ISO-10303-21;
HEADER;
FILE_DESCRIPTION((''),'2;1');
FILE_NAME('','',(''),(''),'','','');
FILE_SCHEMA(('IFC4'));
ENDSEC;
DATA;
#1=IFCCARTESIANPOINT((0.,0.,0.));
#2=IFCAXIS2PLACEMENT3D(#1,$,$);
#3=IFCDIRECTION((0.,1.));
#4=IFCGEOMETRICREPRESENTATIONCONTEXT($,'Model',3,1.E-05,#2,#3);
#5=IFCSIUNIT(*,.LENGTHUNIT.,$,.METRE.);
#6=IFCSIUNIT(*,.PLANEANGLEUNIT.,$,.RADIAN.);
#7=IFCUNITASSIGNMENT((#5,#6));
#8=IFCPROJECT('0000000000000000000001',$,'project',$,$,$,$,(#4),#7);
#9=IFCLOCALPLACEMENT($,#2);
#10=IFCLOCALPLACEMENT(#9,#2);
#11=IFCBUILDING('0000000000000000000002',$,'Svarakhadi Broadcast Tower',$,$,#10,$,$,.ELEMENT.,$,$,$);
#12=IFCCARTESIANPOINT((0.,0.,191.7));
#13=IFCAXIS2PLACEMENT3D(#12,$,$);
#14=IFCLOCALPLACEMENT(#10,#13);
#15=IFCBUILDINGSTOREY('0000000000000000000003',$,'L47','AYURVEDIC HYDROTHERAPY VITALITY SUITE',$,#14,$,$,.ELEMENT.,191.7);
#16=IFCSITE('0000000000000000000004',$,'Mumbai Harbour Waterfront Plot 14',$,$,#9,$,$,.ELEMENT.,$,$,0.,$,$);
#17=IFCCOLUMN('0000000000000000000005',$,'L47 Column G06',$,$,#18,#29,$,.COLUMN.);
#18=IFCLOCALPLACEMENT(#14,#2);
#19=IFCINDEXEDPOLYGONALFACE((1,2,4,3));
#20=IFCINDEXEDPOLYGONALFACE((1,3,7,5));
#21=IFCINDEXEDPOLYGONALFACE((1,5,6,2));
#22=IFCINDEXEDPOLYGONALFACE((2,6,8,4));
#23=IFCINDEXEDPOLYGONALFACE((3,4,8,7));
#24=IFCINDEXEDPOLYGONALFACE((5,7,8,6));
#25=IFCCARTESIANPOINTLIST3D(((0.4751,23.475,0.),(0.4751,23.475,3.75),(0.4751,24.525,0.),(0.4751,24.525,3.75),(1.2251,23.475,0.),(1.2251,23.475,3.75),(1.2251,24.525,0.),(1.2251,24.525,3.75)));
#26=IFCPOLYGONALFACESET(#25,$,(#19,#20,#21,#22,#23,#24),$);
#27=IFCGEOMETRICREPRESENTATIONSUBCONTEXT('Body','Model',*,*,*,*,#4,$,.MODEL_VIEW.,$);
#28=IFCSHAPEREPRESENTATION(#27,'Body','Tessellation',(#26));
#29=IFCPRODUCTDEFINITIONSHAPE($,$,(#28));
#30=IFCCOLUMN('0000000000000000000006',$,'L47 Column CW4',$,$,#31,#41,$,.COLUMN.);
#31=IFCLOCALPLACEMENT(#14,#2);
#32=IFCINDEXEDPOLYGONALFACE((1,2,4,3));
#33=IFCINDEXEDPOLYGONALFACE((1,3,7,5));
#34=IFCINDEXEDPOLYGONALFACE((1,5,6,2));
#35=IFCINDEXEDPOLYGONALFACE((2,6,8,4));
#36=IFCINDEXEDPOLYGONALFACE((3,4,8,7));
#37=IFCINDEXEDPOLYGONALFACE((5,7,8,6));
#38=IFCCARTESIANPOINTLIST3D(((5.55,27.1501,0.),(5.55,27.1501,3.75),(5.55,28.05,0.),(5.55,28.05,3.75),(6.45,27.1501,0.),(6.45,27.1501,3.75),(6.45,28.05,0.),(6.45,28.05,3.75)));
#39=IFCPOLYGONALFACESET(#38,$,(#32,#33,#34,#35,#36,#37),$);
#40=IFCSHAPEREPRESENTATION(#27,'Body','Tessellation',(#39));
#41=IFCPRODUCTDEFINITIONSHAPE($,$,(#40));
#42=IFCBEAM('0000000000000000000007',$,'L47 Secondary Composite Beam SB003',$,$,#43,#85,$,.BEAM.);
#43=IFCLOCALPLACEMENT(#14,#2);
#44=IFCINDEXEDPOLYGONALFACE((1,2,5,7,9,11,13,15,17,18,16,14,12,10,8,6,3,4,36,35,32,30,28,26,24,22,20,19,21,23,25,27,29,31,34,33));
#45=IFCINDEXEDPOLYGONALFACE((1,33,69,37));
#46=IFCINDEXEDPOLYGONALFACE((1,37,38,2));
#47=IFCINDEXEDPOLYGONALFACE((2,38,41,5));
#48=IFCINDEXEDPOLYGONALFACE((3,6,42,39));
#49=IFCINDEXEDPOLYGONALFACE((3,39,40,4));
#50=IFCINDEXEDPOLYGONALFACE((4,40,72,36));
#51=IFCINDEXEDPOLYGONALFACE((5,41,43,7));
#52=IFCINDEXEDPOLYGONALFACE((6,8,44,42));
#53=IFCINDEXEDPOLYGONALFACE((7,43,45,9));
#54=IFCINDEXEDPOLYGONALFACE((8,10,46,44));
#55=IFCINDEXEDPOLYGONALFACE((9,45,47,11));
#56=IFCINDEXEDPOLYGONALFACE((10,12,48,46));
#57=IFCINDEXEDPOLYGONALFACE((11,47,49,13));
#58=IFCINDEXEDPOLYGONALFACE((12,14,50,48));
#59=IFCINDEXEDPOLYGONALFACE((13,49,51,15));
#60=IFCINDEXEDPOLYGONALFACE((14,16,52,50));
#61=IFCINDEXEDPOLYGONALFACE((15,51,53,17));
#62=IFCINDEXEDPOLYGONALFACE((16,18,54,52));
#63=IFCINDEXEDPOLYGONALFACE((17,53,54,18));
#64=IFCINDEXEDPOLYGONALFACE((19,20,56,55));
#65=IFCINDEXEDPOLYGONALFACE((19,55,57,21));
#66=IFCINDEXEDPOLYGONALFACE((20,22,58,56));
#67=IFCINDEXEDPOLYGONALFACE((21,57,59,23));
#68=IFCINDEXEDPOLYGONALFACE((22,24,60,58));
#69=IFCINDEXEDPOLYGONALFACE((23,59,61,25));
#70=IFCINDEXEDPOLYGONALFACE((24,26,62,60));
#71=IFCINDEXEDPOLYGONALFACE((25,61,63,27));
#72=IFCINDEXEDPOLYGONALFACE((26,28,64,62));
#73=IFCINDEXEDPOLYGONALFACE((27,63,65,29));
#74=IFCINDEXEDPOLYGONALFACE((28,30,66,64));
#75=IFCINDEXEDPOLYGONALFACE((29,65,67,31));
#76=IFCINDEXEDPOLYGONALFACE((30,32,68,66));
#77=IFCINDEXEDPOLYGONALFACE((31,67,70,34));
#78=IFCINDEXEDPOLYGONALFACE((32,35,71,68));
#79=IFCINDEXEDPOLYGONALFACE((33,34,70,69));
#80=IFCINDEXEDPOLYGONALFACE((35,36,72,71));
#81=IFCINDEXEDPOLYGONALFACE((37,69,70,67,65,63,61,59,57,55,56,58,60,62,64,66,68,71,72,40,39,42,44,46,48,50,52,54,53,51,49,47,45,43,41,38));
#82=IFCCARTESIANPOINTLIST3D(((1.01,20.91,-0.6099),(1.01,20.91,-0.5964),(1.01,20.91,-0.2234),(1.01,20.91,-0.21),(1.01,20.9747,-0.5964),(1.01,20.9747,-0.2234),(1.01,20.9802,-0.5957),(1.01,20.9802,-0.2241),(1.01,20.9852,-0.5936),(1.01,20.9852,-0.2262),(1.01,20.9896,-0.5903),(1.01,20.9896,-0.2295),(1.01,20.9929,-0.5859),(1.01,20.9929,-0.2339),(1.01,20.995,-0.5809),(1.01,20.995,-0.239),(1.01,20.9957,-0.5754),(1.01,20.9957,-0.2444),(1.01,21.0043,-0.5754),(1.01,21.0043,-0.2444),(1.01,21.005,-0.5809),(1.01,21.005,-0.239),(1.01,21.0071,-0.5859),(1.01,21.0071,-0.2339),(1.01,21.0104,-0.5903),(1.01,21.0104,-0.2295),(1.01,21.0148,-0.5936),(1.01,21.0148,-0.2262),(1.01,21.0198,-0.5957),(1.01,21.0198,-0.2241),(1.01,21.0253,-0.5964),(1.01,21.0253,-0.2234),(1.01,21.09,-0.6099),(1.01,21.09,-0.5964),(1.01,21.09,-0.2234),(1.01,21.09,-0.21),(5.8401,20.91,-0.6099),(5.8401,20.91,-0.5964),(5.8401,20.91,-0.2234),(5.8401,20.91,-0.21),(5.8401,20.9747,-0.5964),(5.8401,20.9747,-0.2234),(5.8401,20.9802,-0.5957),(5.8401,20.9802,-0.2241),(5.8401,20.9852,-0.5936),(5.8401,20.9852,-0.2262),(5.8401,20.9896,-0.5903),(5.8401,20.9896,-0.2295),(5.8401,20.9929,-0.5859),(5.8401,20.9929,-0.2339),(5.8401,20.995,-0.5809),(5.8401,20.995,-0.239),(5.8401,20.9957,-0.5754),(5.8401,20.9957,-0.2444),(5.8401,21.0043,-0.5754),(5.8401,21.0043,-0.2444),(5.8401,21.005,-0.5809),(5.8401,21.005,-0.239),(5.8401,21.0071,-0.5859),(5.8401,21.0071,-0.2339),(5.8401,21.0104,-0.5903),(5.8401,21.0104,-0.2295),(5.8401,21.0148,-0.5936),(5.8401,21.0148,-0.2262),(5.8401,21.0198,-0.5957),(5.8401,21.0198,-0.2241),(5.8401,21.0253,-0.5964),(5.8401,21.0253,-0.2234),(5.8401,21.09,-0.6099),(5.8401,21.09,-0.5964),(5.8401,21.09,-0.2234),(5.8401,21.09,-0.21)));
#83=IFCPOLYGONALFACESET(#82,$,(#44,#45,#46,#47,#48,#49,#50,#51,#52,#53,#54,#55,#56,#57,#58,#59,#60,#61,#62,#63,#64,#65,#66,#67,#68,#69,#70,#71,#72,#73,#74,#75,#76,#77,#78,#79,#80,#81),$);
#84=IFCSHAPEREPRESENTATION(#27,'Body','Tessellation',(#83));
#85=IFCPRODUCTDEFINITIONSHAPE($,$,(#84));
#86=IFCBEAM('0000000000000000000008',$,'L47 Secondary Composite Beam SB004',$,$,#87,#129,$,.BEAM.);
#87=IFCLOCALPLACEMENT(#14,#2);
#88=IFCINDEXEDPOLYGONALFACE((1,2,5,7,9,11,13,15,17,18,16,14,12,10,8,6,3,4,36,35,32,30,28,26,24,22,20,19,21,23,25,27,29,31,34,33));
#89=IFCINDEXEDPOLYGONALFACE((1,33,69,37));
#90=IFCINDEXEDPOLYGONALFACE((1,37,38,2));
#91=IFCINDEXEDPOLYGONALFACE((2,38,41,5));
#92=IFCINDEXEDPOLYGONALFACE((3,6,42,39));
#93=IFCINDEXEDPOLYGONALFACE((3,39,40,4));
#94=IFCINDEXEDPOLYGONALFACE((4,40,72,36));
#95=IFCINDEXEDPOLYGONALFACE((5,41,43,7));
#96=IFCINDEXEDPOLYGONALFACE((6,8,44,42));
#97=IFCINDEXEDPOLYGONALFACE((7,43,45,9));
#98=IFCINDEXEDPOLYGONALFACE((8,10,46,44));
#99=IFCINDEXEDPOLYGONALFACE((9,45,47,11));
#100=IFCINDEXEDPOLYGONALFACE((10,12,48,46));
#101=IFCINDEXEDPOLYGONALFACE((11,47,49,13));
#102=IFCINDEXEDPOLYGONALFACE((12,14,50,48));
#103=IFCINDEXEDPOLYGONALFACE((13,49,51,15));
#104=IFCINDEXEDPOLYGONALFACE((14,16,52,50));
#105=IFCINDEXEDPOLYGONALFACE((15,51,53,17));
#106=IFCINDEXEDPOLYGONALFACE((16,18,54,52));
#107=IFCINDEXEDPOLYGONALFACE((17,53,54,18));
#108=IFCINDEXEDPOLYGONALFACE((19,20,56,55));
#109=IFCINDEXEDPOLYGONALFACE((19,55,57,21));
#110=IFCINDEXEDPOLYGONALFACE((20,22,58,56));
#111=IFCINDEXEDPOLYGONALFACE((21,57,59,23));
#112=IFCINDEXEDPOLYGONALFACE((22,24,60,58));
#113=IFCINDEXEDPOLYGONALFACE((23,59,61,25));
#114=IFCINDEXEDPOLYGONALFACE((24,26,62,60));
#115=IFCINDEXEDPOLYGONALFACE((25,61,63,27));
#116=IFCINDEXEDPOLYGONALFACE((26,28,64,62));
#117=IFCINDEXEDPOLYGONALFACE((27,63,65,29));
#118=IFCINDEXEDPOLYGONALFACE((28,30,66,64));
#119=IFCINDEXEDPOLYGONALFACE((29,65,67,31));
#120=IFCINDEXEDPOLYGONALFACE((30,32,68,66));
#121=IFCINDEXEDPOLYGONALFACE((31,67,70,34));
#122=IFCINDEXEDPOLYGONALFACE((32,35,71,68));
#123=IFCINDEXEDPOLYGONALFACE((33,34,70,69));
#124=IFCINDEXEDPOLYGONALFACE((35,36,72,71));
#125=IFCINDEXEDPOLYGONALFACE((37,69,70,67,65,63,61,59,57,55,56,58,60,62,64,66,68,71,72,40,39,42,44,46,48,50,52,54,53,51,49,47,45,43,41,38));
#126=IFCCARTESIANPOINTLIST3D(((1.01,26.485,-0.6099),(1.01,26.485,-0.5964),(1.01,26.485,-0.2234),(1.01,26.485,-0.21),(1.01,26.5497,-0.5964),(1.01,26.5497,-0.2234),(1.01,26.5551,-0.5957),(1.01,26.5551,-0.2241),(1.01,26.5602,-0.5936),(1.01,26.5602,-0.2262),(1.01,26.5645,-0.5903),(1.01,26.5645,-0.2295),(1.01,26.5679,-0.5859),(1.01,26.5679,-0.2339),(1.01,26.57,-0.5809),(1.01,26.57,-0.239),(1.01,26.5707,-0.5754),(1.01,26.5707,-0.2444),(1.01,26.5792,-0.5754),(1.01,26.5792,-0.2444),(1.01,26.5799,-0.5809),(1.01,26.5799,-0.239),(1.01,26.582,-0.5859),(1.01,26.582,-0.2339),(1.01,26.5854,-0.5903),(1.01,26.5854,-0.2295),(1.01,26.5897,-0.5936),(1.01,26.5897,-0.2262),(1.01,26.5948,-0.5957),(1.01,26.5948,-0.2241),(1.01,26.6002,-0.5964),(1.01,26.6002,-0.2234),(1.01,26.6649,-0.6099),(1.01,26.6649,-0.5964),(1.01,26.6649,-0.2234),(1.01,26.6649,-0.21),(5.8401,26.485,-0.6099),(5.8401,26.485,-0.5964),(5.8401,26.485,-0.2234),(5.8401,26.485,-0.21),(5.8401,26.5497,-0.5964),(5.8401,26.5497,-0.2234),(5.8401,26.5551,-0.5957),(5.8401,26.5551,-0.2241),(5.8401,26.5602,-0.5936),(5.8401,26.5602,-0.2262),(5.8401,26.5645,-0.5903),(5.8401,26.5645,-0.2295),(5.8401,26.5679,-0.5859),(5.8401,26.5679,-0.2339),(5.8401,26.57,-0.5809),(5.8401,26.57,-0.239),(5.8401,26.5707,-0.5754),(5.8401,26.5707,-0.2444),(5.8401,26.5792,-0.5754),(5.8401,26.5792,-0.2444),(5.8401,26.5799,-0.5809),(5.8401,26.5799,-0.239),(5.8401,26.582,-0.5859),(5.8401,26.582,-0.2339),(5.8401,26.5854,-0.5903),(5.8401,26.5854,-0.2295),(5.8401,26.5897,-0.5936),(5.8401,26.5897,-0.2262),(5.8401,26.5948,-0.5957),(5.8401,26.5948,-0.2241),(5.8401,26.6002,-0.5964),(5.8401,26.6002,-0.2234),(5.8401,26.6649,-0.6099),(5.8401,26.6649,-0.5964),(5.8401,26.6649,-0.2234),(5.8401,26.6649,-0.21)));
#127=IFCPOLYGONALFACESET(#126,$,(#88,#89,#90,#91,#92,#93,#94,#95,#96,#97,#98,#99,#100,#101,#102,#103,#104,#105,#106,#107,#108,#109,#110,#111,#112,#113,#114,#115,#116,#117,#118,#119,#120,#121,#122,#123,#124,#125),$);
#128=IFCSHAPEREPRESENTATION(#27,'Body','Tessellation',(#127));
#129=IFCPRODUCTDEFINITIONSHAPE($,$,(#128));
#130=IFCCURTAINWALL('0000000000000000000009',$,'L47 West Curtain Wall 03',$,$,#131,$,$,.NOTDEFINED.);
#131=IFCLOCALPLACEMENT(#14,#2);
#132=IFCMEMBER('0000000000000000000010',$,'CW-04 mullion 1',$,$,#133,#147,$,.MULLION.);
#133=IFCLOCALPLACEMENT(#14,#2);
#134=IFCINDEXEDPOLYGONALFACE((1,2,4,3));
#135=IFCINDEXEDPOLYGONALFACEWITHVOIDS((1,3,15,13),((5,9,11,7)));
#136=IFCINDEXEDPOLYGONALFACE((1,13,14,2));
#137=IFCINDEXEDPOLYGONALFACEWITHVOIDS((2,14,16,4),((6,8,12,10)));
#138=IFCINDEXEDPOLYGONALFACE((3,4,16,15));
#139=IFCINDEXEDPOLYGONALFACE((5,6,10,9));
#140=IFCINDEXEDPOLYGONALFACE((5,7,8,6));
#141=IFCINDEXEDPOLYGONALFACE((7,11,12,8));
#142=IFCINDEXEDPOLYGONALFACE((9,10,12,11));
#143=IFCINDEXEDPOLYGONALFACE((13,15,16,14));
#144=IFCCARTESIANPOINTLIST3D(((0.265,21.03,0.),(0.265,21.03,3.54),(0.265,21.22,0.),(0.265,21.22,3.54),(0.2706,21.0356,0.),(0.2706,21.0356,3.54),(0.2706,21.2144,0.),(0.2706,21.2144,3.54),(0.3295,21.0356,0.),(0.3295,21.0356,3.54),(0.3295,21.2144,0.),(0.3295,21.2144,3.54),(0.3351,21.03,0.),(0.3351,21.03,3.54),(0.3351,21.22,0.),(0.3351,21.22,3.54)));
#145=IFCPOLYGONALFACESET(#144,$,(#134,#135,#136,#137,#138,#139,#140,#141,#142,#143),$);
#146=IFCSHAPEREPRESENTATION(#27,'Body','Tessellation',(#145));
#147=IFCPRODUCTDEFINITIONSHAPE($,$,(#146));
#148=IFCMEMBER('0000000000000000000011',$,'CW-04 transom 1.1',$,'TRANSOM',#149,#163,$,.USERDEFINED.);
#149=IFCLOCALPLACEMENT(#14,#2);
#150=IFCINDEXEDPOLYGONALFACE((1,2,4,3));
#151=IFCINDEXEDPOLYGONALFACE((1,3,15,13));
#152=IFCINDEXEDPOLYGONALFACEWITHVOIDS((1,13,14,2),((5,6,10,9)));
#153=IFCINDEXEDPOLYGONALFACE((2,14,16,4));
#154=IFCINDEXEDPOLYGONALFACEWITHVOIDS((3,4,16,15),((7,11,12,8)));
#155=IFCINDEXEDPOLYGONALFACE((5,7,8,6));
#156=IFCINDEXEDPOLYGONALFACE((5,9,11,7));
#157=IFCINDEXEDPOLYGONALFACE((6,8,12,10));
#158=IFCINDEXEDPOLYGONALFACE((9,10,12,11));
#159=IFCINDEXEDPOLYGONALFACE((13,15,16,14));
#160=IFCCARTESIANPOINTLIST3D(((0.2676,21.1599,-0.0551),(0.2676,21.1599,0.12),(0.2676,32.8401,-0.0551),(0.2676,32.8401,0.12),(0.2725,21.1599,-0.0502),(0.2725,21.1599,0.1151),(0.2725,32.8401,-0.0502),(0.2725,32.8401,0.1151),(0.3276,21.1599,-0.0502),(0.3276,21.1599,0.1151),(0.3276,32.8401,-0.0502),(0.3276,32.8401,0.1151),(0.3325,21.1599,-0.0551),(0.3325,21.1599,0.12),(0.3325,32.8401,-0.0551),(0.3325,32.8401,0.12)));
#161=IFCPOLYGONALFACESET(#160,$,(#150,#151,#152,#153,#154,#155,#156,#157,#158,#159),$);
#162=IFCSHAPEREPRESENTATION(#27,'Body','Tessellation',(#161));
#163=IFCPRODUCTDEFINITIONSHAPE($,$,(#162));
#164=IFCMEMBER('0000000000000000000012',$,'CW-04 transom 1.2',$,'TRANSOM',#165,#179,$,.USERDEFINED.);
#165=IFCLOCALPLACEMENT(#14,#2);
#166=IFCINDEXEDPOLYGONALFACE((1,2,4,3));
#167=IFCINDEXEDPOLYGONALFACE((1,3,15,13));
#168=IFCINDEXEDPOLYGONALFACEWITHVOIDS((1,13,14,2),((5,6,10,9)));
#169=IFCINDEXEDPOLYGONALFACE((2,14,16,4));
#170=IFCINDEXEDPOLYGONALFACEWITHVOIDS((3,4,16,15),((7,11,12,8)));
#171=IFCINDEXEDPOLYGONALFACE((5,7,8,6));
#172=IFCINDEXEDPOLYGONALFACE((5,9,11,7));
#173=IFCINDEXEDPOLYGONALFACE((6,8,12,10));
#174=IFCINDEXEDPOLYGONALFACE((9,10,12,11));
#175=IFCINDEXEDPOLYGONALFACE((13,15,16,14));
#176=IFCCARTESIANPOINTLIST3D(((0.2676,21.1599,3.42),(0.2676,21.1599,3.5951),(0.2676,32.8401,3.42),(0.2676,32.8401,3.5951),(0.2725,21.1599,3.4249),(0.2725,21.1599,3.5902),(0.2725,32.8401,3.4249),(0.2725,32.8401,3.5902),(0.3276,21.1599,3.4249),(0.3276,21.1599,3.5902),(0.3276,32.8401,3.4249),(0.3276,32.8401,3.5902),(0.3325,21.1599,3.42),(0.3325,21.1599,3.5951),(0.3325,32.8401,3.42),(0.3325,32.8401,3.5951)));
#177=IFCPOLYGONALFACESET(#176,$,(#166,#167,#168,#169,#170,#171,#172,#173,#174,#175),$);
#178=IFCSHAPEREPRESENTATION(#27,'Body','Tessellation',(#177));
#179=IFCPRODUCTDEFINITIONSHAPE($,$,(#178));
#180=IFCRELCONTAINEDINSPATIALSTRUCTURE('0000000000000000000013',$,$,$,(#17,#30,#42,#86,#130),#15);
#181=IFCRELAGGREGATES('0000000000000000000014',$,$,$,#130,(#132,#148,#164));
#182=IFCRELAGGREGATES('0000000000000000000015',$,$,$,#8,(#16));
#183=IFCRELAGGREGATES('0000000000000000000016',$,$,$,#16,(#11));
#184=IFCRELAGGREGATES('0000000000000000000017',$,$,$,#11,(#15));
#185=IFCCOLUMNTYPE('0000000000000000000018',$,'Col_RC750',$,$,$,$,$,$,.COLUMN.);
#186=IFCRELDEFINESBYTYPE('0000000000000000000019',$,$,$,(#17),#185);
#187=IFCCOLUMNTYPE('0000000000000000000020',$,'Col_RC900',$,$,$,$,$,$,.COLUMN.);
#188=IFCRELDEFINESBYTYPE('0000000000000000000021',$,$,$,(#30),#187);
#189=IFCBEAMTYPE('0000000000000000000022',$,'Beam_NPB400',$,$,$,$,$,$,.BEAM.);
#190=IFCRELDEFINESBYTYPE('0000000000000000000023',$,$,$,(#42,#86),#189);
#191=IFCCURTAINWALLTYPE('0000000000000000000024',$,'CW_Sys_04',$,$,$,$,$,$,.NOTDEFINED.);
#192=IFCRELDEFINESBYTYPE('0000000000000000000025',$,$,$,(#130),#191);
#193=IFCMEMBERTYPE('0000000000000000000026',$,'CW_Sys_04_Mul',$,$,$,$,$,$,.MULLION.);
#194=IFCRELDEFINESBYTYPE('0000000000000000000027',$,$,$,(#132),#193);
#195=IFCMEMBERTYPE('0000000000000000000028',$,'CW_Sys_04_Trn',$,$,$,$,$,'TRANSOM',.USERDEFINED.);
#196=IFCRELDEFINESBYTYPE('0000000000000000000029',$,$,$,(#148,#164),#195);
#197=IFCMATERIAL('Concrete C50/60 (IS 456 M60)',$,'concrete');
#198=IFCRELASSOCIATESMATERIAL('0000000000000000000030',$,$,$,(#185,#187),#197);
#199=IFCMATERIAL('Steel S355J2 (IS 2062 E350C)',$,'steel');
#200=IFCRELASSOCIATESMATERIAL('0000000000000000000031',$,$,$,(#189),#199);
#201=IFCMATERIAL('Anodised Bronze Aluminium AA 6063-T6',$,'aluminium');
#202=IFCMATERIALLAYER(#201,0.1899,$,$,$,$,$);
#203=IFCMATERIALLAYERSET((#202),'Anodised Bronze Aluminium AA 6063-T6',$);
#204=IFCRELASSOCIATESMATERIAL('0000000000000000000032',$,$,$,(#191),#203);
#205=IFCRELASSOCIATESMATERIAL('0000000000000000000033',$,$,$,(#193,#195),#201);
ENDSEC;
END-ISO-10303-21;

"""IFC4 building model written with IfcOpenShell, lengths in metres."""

from ifc_helpers import new_model, si_unit, direction, frame, origin, origin_2d, place, context, subcontext, project, spatial, rectangle, hollow_rectangle, i_section, extrude, material, layer, layer_set, material_profile, profile_set, type_object, element, aggregate, save


model = new_model("IFC4")

# Units and contexts
model_context = context("Model", 3, precision=1e-05, world=origin(), true_north=direction((0.0, 1.0)))
body_context = subcontext(model_context, "Body", "Model", "MODEL_VIEW")
ifc_project = project(units=[si_unit("LENGTHUNIT", "METRE"), si_unit("PLANEANGLEUNIT", "RADIAN")], contexts=[model_context])

# Site, building, storey
site_placement = place(None, origin())
site = spatial("IfcSite", under=ifc_project, at=site_placement, Name="Mumbai Harbour Waterfront Plot 14", CompositionType="ELEMENT", RefElevation=0.0)
building_placement = place(site_placement, origin())
building = spatial("IfcBuilding", under=site, at=building_placement, Name="Svarakhadi Broadcast Tower", CompositionType="ELEMENT")
storey_placement = place(building_placement, frame((0.0, 0.0, 191.7)))
storey = spatial("IfcBuildingStorey", under=building, at=storey_placement, Name="L47", Description="AYURVEDIC HYDROTHERAPY VITALITY SUITE", CompositionType="ELEMENT", Elevation=191.7)

# Columns
ifc_material_1 = material(Name="Concrete C50/60 (IS 456 M60)", Category="concrete")
ifc_material_profile_1 = material_profile(ifc_material_1, rectangle(XDim=0.75, YDim=1.05, at=origin_2d()), Name="RC 750x1050")
ifc_profile_set_1 = profile_set([ifc_material_profile_1], Name="Concrete C50/60 (IS 456 M60)")
column_type_1 = type_object("IfcColumnType", Name="Col_RC750", PredefinedType="COLUMN", material=ifc_profile_set_1)
column_1_placement = place(storey_placement, frame((0.8501, 24.0, 0.0), z_axis=(0.0, 0.0, 1.0), x_axis=(1.0, 0.0, 0.0)))
element("IfcColumn", 1, at=column_1_placement, inside=storey, type_object=column_type_1, Name="L47 Column G06", PredefinedType="COLUMN", context=body_context, shape_type="SweptSolid", body=[
    extrude(rectangle(XDim=0.75, YDim=1.05, at=origin_2d()), origin(), (0.0, 0.0, 1.0), 3.75),
])
ifc_material_profile_2 = material_profile(ifc_material_1, rectangle(XDim=0.8999, YDim=0.8999, at=origin_2d()), Name="RC 900x900")
ifc_profile_set_2 = profile_set([ifc_material_profile_2], Name="Concrete C50/60 (IS 456 M60)")
column_type_2 = type_object("IfcColumnType", Name="Col_RC900", PredefinedType="COLUMN", material=ifc_profile_set_2)
column_2_placement = place(storey_placement, frame((6.0, 27.6001, 0.0), z_axis=(0.0, 0.0, 1.0), x_axis=(1.0, 0.0, 0.0)))
element("IfcColumn", 2, at=column_2_placement, inside=storey, type_object=column_type_2, Name="L47 Column CW4", PredefinedType="COLUMN", context=body_context, shape_type="SweptSolid", body=[
    extrude(rectangle(XDim=0.8999, YDim=0.8999, at=origin_2d()), origin(), (0.0, 0.0, 1.0), 3.75),
])

# Beams
ifc_material_2 = material(Name="Steel S355J2 (IS 2062 E350C)", Category="steel")
ifc_material_profile_3 = material_profile(ifc_material_2, i_section(OverallWidth=0.1799, OverallDepth=0.3999, WebThickness=0.0085, FlangeThickness=0.0134, FilletRadius=0.021, at=origin_2d()), Name="NPB 400x180x66")
ifc_profile_set_3 = profile_set([ifc_material_profile_3], Name="Steel S355J2 (IS 2062 E350C)")
beam_type_1 = type_object("IfcBeamType", Name="Beam_NPB400", PredefinedType="BEAM", material=ifc_profile_set_3)
for number, where, z_axis, x_axis, name in (
    (3, (1.01, 21.0, -0.4099), (1.0, 0.0, 0.0), (0.0, 1.0, 0.0), "L47 Secondary Composite Beam SB003"),
    (4, (1.01, 26.575, -0.4099), (1.0, 0.0, 0.0), (0.0, 1.0, 0.0), "L47 Secondary Composite Beam SB004"),
):
    element("IfcBeam", number, at=place(storey_placement, frame(where, z_axis=z_axis, x_axis=x_axis)), inside=storey, type_object=beam_type_1, Name=name, PredefinedType="BEAM", context=body_context, shape_type="SweptSolid", body=[
        extrude(i_section(OverallWidth=0.1799, OverallDepth=0.3999, WebThickness=0.0085, FlangeThickness=0.0134, FilletRadius=0.021, at=origin_2d()), origin(), (0.0, 0.0, 1.0), 4.8301),
    ])

# Curtain wall, members
ifc_material_3 = material(Name="Anodised Bronze Aluminium AA 6063-T6", Category="aluminium")
ifc_layer_1 = layer(ifc_material_3, 0.1899)
ifc_layer_set_1 = layer_set([ifc_layer_1], Name="Anodised Bronze Aluminium AA 6063-T6")
curtain_wall_type = type_object("IfcCurtainWallType", Name="CW_Sys_04", PredefinedType="NOTDEFINED", material=ifc_layer_set_1)
curtain_wall_placement = place(storey_placement, origin())
curtain_wall = element("IfcCurtainWall", 5, at=curtain_wall_placement, inside=storey, type_object=curtain_wall_type, Name="L47 West Curtain Wall 03", PredefinedType="NOTDEFINED")
ifc_material_profile_4 = material_profile(ifc_material_3, hollow_rectangle(XDim=0.0701, YDim=0.1899, WallThickness=0.0056, at=origin_2d()), Name="ALU MULLION 190x70x6")
ifc_profile_set_4 = profile_set([ifc_material_profile_4], Name="Anodised Bronze Aluminium AA 6063-T6")
member_type_1 = type_object("IfcMemberType", Name="CW_Sys_04_Mul", PredefinedType="MULLION", material=ifc_profile_set_4)
member_1_placement = place(storey_placement, frame((0.3, 21.125, 0.0), z_axis=(0.0, 0.0, 1.0), x_axis=(-1.0, 0.0, 0.0)))
member_1 = element("IfcMember", 6, at=member_1_placement, type_object=member_type_1, Name="CW-04 mullion 1", PredefinedType="MULLION", context=body_context, shape_type="SweptSolid", body=[
    extrude(hollow_rectangle(XDim=0.0701, YDim=0.1899, WallThickness=0.0056, at=origin_2d()), origin(), (0.0, 0.0, 1.0), 3.54),
])
ifc_material_profile_5 = material_profile(ifc_material_3, hollow_rectangle(XDim=0.0649, YDim=0.175, WallThickness=0.0049, at=origin_2d()), Name="ALU TRANSOM 175x65x5")
ifc_profile_set_5 = profile_set([ifc_material_profile_5], Name="Anodised Bronze Aluminium AA 6063-T6")
member_type_2 = type_object("IfcMemberType", Name="CW_Sys_04_Trn", ElementType="TRANSOM", PredefinedType="USERDEFINED", material=ifc_profile_set_5)
member_2_placement = place(storey_placement, frame((0.3, 21.1599, 0.0325), z_axis=(0.0, 1.0, 0.0), x_axis=(-1.0, 0.0, 0.0)))
member_2 = element("IfcMember", 7, at=member_2_placement, type_object=member_type_2, Name="CW-04 transom 1.1", ObjectType="TRANSOM", PredefinedType="USERDEFINED", context=body_context, shape_type="SweptSolid", body=[
    extrude(hollow_rectangle(XDim=0.0649, YDim=0.175, WallThickness=0.0049, at=origin_2d()), origin(), (0.0, 0.0, 1.0), 11.6802),
])
member_3_placement = place(storey_placement, frame((0.3, 21.1599, 3.5076), z_axis=(0.0, 1.0, 0.0), x_axis=(-1.0, 0.0, 0.0)))
member_3 = element("IfcMember", 8, at=member_3_placement, type_object=member_type_2, Name="CW-04 transom 1.2", ObjectType="TRANSOM", PredefinedType="USERDEFINED", context=body_context, shape_type="SweptSolid", body=[
    extrude(hollow_rectangle(XDim=0.0649, YDim=0.175, WallThickness=0.0049, at=origin_2d()), origin(), (0.0, 0.0, 1.0), 11.6802),
])

aggregate(curtain_wall, [member_1, member_2, member_3])

save(model, "model.ifc")
